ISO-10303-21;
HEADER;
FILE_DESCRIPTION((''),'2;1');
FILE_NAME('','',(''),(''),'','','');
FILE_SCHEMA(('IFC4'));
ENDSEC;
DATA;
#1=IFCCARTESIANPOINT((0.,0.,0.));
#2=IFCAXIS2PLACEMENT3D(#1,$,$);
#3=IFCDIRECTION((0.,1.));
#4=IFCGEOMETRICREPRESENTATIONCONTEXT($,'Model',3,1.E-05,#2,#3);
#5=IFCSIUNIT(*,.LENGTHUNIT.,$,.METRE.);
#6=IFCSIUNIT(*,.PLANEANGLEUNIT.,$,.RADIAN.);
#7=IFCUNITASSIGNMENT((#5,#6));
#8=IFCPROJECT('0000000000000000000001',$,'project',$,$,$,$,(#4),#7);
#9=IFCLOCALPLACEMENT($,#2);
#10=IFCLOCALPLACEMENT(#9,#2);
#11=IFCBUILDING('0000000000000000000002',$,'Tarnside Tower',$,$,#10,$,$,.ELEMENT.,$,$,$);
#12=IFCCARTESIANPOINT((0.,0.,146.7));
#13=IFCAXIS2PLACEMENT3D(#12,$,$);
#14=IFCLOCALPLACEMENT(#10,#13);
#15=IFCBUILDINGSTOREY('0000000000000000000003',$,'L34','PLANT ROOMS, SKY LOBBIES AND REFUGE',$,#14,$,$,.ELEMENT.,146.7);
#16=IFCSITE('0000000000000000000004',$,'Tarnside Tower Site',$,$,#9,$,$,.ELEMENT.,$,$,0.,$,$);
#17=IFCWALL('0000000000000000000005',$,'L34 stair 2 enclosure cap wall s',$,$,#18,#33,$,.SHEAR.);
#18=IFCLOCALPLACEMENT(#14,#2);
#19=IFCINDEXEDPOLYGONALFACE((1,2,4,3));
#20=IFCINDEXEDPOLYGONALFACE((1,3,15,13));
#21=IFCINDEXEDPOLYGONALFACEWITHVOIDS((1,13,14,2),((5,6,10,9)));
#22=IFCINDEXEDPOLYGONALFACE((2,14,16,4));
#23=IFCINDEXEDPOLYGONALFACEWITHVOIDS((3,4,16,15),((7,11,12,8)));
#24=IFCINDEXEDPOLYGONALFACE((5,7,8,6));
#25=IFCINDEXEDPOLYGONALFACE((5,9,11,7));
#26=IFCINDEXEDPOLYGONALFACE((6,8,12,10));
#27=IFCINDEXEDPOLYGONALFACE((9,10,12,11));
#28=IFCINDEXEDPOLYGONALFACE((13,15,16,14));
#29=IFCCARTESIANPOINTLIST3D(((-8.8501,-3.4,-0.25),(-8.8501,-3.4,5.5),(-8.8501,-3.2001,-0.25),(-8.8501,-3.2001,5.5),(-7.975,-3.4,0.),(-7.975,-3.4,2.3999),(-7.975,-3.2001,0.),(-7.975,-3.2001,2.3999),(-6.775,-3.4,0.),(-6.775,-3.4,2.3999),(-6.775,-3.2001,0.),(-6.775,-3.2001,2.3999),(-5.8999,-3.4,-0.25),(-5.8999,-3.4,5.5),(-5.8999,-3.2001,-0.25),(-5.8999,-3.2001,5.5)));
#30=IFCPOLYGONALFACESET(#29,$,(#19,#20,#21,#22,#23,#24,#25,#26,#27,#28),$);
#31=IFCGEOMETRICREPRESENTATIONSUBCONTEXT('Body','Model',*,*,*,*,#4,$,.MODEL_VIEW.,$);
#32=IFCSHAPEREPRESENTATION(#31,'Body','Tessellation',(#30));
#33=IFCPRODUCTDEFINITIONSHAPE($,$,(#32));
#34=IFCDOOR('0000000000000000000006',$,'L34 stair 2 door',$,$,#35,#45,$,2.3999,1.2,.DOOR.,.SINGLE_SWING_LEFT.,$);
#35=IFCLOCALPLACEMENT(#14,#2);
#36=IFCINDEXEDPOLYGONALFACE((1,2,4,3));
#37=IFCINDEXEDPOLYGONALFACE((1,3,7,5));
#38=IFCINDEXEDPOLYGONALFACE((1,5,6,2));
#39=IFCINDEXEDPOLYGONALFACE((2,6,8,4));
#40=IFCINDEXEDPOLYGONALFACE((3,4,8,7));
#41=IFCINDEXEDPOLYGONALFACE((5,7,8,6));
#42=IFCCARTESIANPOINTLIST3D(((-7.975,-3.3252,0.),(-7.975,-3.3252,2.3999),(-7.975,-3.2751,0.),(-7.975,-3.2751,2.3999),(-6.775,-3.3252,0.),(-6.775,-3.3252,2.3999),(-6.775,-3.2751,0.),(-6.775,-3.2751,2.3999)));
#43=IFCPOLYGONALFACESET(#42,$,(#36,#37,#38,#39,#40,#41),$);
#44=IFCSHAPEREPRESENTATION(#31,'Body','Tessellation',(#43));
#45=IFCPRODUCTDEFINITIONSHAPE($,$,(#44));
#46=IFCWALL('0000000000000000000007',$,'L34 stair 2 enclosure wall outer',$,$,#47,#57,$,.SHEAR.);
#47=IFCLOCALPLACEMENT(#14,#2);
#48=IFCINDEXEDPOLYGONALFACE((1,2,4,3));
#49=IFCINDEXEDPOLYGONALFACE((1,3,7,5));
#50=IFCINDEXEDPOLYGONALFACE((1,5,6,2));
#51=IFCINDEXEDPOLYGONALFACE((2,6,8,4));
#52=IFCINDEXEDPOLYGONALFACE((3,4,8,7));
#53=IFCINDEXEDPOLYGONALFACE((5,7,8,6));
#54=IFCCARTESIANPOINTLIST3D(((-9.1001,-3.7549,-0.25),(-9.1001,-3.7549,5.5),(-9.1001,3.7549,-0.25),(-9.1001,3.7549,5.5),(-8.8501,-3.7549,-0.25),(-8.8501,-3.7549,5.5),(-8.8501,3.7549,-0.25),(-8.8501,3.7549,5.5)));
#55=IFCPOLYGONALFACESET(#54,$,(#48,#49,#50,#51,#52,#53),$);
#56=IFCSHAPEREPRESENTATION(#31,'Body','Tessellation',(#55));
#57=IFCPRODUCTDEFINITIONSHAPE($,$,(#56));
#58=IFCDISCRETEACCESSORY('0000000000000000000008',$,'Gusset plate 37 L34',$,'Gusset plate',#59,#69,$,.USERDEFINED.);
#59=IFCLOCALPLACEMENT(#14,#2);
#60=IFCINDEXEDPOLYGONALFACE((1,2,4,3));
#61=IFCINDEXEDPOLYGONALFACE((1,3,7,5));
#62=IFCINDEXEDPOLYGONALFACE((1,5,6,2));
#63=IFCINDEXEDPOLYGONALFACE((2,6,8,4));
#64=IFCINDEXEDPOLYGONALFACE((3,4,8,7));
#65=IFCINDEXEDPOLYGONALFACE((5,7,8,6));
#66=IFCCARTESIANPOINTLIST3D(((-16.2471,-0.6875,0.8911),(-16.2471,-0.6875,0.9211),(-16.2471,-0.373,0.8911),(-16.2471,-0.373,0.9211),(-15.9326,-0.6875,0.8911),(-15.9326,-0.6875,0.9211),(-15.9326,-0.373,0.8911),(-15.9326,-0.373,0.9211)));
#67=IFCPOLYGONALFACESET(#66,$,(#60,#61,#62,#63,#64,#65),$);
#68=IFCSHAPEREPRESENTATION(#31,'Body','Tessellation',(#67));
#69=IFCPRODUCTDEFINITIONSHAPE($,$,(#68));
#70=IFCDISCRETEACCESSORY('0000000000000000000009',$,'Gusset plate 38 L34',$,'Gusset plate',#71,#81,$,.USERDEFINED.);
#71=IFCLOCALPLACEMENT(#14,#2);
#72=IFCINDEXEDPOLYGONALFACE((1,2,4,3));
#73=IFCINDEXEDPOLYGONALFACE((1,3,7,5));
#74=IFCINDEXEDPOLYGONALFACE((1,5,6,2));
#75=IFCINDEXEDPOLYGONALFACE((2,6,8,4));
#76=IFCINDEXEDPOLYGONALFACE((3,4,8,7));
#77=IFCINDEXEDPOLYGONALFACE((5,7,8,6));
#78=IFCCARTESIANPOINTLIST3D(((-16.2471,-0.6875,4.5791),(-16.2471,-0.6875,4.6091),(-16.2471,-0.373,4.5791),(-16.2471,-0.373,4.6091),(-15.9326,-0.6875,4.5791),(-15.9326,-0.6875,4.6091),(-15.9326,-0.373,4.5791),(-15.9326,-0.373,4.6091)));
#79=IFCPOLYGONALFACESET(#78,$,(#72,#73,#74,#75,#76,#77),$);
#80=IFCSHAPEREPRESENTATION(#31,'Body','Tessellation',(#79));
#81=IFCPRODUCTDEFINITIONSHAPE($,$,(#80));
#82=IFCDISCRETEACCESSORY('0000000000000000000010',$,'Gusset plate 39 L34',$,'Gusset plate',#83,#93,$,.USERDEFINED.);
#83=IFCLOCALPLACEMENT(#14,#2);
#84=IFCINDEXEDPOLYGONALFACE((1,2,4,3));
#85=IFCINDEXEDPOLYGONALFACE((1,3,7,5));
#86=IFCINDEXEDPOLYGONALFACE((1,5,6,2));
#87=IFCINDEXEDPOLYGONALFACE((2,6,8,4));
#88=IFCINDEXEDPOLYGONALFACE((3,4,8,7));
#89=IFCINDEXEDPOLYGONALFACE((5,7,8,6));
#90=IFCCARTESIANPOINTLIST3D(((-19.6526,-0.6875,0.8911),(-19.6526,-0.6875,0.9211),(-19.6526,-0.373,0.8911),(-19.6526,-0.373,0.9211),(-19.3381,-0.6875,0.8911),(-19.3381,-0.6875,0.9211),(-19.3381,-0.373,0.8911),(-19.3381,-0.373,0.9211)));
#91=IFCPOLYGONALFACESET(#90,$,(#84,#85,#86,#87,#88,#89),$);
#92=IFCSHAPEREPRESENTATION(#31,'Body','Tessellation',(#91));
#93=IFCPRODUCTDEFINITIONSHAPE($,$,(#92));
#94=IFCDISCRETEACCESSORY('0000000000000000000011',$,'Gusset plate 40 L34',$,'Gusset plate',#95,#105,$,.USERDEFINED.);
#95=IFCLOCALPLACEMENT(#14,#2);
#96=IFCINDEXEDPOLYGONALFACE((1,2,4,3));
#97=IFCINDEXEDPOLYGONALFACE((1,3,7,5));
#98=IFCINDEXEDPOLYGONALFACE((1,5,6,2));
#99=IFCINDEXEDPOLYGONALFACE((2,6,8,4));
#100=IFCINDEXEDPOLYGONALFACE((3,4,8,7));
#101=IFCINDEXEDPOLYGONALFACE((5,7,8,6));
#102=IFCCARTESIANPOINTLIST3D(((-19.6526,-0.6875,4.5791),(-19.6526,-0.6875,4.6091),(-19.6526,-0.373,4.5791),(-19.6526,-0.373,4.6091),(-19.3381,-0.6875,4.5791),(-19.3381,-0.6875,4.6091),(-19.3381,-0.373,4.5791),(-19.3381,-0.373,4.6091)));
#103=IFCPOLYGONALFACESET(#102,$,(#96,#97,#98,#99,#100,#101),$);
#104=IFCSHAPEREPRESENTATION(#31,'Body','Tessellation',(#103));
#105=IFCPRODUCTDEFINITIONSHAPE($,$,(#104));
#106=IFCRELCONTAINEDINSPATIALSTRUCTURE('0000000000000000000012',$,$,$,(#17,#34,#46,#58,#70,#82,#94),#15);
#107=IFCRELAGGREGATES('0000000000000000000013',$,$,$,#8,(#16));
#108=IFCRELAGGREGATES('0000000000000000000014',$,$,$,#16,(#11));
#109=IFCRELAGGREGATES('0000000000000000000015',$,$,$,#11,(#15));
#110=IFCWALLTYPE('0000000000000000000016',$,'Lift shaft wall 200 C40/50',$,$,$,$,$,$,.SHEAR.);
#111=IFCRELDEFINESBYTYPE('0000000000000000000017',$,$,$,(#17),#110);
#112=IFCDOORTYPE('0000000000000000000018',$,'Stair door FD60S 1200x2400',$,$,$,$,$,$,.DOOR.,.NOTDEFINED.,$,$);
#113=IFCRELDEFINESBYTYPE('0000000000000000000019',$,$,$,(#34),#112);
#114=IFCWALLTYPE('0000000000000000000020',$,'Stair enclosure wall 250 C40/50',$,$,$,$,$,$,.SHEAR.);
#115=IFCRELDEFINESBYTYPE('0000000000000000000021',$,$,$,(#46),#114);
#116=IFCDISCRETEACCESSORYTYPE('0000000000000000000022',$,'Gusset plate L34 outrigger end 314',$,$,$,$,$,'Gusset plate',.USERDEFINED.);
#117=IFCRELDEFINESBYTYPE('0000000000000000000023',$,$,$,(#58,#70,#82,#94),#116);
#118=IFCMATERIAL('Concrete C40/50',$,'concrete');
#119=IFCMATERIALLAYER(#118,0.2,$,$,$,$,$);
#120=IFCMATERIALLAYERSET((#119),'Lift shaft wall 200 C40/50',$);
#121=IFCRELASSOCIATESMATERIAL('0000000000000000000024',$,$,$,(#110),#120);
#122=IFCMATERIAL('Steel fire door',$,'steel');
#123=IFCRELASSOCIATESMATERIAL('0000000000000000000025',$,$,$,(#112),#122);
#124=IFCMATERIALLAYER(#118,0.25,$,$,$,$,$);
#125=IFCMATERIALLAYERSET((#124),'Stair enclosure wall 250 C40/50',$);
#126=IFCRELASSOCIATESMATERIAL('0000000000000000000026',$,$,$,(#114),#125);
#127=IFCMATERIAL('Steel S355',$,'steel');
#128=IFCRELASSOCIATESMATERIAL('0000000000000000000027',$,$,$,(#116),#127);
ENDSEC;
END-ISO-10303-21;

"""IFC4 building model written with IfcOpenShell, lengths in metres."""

from ifc_helpers import new_model, si_unit, direction, frame, frame_2d, origin, origin_2d, place, context, subcontext, project, spatial, rectangle, extrude, material, layer, layer_set, type_object, element, fill, save


model = new_model("IFC4")

# Units and contexts
model_context = context("Model", 3, precision=1e-05, world=origin(), true_north=direction((0.0, 1.0)))
body_context = subcontext(model_context, "Body", "Model", "MODEL_VIEW")
ifc_project = project(units=[si_unit("LENGTHUNIT", "METRE"), si_unit("PLANEANGLEUNIT", "RADIAN")], contexts=[model_context])

# Site, building, storey
site_placement = place(None, origin())
site = spatial("IfcSite", under=ifc_project, at=site_placement, Name="Tarnside Tower Site", CompositionType="ELEMENT", RefElevation=0.0)
building_placement = place(site_placement, origin())
building = spatial("IfcBuilding", under=site, at=building_placement, Name="Tarnside Tower", CompositionType="ELEMENT")
storey_placement = place(building_placement, frame((0.0, 0.0, 146.7)))
storey = spatial("IfcBuildingStorey", under=building, at=storey_placement, Name="L34", Description="PLANT ROOMS, SKY LOBBIES AND REFUGE", CompositionType="ELEMENT", Elevation=146.7)

# Shared definitions
ifc_material_1 = material(Name="Steel S355", Category="steel")

# Wall, opening, door
ifc_material_2 = material(Name="Steel fire door", Category="steel")
ifc_material_3 = material(Name="Concrete C40/50", Category="concrete")
ifc_layer_1 = layer(ifc_material_3, 0.2)
ifc_layer_set_1 = layer_set([ifc_layer_1], Name="Lift shaft wall 200 C40/50")
wall_type_1 = type_object("IfcWallType", Name="Lift shaft wall 200 C40/50", PredefinedType="SHEAR", material=ifc_layer_set_1)
wall_1_placement = place(storey_placement, frame((-8.8501, -3.3, -0.25), z_axis=(0.0, 0.0, 1.0), x_axis=(1.0, 0.0, 0.0)))
wall_1 = element("IfcWall", 1, at=wall_1_placement, inside=storey, type_object=wall_type_1, Name="L34 stair 2 enclosure cap wall s", PredefinedType="SHEAR", context=body_context, shape_type="SweptSolid", body=[
    extrude(rectangle(XDim=2.9502, YDim=0.2, at=frame_2d((1.4751, 0.0))), origin(), (0.0, 0.0, 1.0), 5.75),
])
opening_1_placement = place(wall_1_placement, frame((0.875, 0.0, 0.25)))
opening_1 = element("IfcOpeningElement", 2, at=opening_1_placement, cuts=wall_1, PredefinedType="OPENING", context=body_context, shape_type="SweptSolid", body=[
    extrude(rectangle(XDim=1.2, YDim=2.3999, at=frame_2d((0.6001, 1.2))), frame((0.0, 0.1099, 0.0), z_axis=(0.0, -1.0, 0.0), x_axis=(1.0, 0.0, 0.0)), (0.0, 0.0, 1.0), 0.22),
])
door_type_1 = type_object("IfcDoorType", Name="Stair door FD60S 1200x2400", OperationType="NOTDEFINED", PredefinedType="DOOR", material=ifc_material_2)
door_1_placement = place(opening_1_placement, origin())
door_1 = element("IfcDoor", 3, at=door_1_placement, inside=storey, type_object=door_type_1, Name="L34 stair 2 door", OperationType="SINGLE_SWING_LEFT", OverallHeight=2.3999, OverallWidth=1.2, PredefinedType="DOOR", context=body_context, shape_type="SweptSolid", body=[
    extrude(rectangle(XDim=1.2, YDim=2.3999, at=frame_2d((0.6001, 1.2))), frame((0.0, 0.0249, 0.0), z_axis=(0.0, -1.0, 0.0), x_axis=(1.0, 0.0, 0.0)), (0.0, 0.0, 1.0), 0.05),
])
fill(opening_1, door_1)

# Wall
ifc_layer_2 = layer(ifc_material_3, 0.25)
ifc_layer_set_2 = layer_set([ifc_layer_2], Name="Stair enclosure wall 250 C40/50")
wall_type_2 = type_object("IfcWallType", Name="Stair enclosure wall 250 C40/50", PredefinedType="SHEAR", material=ifc_layer_set_2)
wall_2_placement = place(storey_placement, frame((-8.9751, -3.7549, -0.25), z_axis=(0.0, 0.0, 1.0), x_axis=(0.0, 1.0, 0.0)))
element("IfcWall", 4, at=wall_2_placement, inside=storey, type_object=wall_type_2, Name="L34 stair 2 enclosure wall outer", PredefinedType="SHEAR", context=body_context, shape_type="SweptSolid", body=[
    extrude(rectangle(XDim=7.5098, YDim=0.25, at=frame_2d((3.7549, 0.0))), origin(), (0.0, 0.0, 1.0), 5.75),
])

# Discrete accessories
discrete_accessory_type = type_object("IfcDiscreteAccessoryType", Name="Gusset plate L34 outrigger end 314", ElementType="Gusset plate", PredefinedType="USERDEFINED", material=ifc_material_1)
for number, where, z_axis, x_axis, name in (
    (5, (-16.0898, -0.5303, 0.8911), (0.0, 0.0, 1.0), (1.0, 0.0, 0.0), "Gusset plate 37 L34"),
    (6, (-16.0898, -0.5303, 4.5791), (0.0, 0.0, 1.0), (1.0, 0.0, 0.0), "Gusset plate 38 L34"),
    (7, (-19.4954, -0.5303, 0.8911), (0.0, 0.0, 1.0), (1.0, 0.0, 0.0), "Gusset plate 39 L34"),
    (8, (-19.4954, -0.5303, 4.5791), (0.0, 0.0, 1.0), (1.0, 0.0, 0.0), "Gusset plate 40 L34"),
):
    element("IfcDiscreteAccessory", number, at=place(storey_placement, frame(where, z_axis=z_axis, x_axis=x_axis)), inside=storey, type_object=discrete_accessory_type, Name=name, ObjectType="Gusset plate", PredefinedType="USERDEFINED", context=body_context, shape_type="SweptSolid", body=[
        extrude(rectangle(XDim=0.3145, YDim=0.3145, at=origin_2d()), origin(), (0.0, 0.0, 1.0), 0.03),
    ])

save(model, "model.ifc")
